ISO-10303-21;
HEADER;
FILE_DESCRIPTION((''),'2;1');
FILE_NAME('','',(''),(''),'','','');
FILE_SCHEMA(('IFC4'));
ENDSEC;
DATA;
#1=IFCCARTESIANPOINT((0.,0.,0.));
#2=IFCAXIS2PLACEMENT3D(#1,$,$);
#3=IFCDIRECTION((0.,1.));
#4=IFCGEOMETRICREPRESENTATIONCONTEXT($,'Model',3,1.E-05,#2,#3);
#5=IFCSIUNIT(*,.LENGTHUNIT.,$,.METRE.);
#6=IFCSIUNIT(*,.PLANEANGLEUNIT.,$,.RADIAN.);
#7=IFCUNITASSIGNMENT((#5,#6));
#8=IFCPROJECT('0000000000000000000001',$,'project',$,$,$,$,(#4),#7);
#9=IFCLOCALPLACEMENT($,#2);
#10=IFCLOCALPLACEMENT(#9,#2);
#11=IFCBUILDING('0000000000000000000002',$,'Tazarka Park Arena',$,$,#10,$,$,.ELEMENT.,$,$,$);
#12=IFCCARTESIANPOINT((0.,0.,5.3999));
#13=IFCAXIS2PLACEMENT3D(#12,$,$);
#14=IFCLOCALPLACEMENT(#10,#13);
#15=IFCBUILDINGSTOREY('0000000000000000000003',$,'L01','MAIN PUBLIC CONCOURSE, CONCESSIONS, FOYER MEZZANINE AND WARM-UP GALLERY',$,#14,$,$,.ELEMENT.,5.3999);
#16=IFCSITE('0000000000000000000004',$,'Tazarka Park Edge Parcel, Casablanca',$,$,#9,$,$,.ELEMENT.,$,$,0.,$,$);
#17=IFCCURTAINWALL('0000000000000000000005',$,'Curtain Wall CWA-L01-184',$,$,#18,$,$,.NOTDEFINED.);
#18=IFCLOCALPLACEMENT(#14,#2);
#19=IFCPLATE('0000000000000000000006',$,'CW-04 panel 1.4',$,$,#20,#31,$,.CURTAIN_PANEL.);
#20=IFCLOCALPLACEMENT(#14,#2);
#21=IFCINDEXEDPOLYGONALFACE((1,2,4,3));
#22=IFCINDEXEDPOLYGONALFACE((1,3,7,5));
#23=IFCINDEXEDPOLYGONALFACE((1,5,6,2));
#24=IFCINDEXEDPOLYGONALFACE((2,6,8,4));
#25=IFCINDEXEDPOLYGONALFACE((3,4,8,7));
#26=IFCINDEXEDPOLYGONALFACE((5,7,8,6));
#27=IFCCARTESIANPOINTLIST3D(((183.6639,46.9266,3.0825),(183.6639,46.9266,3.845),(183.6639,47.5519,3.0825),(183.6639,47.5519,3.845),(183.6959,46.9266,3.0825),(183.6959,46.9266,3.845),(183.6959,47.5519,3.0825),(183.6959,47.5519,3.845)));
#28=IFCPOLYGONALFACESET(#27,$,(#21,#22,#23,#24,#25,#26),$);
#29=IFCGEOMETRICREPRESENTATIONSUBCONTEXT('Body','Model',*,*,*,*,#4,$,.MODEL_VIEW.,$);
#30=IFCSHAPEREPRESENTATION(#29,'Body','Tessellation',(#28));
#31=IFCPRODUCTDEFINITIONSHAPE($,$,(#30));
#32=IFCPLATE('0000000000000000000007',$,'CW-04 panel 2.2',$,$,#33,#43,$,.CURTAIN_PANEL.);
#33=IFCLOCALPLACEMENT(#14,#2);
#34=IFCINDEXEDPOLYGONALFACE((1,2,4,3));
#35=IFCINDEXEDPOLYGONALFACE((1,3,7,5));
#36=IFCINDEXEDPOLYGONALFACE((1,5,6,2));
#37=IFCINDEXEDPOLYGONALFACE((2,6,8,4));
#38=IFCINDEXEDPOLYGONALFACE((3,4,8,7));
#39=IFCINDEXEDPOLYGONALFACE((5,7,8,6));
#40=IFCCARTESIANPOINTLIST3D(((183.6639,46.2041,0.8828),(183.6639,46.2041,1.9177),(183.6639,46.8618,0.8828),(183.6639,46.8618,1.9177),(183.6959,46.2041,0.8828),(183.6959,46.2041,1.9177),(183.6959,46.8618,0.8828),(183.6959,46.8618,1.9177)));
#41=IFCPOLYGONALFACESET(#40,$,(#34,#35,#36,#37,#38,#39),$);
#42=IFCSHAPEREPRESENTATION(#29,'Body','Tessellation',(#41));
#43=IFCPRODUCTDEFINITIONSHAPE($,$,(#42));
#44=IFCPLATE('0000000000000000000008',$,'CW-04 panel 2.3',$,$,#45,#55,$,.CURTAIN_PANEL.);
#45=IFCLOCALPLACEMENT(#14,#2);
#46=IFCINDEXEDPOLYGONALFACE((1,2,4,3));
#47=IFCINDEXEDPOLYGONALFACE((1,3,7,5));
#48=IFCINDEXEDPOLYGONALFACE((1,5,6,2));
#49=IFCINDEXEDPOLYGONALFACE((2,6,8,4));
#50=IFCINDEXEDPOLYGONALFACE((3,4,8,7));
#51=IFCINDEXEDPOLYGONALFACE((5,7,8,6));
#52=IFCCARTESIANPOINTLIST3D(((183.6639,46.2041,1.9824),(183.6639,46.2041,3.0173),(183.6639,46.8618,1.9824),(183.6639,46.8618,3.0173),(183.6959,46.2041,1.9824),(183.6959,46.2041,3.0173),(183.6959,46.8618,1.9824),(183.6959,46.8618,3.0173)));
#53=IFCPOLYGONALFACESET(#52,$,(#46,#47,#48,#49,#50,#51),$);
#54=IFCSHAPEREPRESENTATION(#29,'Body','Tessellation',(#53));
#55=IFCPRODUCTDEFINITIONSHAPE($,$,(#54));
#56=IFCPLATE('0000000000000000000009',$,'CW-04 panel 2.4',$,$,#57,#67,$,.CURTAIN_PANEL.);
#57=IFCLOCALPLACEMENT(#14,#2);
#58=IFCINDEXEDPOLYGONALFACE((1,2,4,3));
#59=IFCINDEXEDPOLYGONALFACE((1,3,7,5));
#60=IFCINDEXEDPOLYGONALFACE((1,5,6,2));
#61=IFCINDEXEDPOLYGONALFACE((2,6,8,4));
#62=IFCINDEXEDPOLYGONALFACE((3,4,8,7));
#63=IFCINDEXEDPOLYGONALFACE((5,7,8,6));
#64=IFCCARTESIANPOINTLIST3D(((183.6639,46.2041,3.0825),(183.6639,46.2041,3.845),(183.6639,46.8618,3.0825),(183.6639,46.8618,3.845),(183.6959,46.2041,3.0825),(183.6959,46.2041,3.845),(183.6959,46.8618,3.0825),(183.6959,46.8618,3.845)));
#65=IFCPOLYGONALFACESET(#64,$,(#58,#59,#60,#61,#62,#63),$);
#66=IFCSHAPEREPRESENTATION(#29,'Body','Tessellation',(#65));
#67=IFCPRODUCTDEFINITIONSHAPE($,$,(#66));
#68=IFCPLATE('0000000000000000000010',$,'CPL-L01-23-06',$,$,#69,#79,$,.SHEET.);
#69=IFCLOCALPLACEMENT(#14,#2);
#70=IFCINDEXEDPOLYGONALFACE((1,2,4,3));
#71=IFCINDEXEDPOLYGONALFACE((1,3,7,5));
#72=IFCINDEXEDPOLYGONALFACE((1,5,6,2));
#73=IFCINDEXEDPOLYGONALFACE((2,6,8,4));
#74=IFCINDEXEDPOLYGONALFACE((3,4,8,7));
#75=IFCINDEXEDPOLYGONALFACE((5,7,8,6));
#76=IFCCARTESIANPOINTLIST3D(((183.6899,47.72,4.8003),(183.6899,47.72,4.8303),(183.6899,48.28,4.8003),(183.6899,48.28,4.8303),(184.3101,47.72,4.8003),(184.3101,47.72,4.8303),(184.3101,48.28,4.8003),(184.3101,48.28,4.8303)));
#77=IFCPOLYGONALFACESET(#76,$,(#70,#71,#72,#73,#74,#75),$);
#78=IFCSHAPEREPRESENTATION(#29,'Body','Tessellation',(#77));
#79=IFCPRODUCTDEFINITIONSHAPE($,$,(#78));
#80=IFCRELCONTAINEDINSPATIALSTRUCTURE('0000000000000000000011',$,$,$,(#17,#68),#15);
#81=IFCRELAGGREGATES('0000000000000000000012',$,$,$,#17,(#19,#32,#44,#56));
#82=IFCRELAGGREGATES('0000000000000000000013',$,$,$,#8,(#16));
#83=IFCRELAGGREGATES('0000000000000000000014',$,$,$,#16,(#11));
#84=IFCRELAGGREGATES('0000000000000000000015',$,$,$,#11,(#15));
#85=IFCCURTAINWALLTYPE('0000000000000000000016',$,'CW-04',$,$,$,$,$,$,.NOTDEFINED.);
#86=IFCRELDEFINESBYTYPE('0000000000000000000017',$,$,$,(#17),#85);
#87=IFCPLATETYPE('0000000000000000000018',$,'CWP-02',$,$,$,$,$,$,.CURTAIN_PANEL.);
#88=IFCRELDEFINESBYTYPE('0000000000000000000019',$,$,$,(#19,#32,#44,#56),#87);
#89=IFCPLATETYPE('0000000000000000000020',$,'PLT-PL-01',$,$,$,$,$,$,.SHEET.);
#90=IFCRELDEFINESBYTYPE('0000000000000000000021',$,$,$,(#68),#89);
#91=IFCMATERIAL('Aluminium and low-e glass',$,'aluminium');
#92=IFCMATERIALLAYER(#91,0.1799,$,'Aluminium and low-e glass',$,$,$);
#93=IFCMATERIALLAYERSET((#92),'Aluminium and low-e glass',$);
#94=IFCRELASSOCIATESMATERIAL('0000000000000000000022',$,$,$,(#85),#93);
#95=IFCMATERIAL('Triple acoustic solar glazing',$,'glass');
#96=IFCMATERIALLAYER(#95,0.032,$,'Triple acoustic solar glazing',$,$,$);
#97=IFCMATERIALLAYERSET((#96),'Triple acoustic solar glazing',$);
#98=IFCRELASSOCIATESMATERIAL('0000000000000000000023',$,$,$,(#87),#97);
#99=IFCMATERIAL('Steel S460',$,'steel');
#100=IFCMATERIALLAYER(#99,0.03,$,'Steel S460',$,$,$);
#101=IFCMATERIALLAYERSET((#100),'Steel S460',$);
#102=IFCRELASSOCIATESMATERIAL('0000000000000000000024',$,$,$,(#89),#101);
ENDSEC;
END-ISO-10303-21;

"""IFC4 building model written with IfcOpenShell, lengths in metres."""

from ifc_helpers import new_model, si_unit, direction, frame, origin, origin_2d, place, context, subcontext, project, spatial, rectangle, extrude, material, layer, layer_set, type_object, element, aggregate, save


model = new_model("IFC4")

# Units and contexts
model_context = context("Model", 3, precision=1e-05, world=origin(), true_north=direction((0.0, 1.0)))
body_context = subcontext(model_context, "Body", "Model", "MODEL_VIEW")
ifc_project = project(units=[si_unit("LENGTHUNIT", "METRE"), si_unit("PLANEANGLEUNIT", "RADIAN")], contexts=[model_context])

# Site, building, storey
site_placement = place(None, origin())
site = spatial("IfcSite", under=ifc_project, at=site_placement, Name="Tazarka Park Edge Parcel, Casablanca", CompositionType="ELEMENT", RefElevation=0.0)
building_placement = place(site_placement, origin())
building = spatial("IfcBuilding", under=site, at=building_placement, Name="Tazarka Park Arena", CompositionType="ELEMENT")
storey_placement = place(building_placement, frame((0.0, 0.0, 5.3999)))
storey = spatial("IfcBuildingStorey", under=building, at=storey_placement, Name="L01", Description="MAIN PUBLIC CONCOURSE, CONCESSIONS, FOYER MEZZANINE AND WARM-UP GALLERY", CompositionType="ELEMENT", Elevation=5.3999)

# Curtain wall
ifc_material_1 = material(Name="Aluminium and low-e glass", Category="aluminium")
ifc_layer_1 = layer(ifc_material_1, 0.1799, Name="Aluminium and low-e glass")
ifc_layer_set_1 = layer_set([ifc_layer_1], Name="Aluminium and low-e glass")
curtain_wall_type_1 = type_object("IfcCurtainWallType", Name="CW-04", PredefinedType="NOTDEFINED", material=ifc_layer_set_1)
curtain_wall_1_placement = place(storey_placement, origin())
curtain_wall_1 = element("IfcCurtainWall", 1, at=curtain_wall_1_placement, inside=storey, type_object=curtain_wall_type_1, Name="Curtain Wall CWA-L01-184", PredefinedType="NOTDEFINED")

# Plates
ifc_material_2 = material(Name="Triple acoustic solar glazing", Category="glass")
ifc_layer_2 = layer(ifc_material_2, 0.032, Name="Triple acoustic solar glazing")
ifc_layer_set_2 = layer_set([ifc_layer_2], Name="Triple acoustic solar glazing")
plate_type_1 = type_object("IfcPlateType", Name="CWP-02", PredefinedType="CURTAIN_PANEL", material=ifc_layer_set_2)
plate_1_placement = place(storey_placement, frame((183.6799, 47.2393, 3.0825), z_axis=(0.0, 0.0, 1.0), x_axis=(0.0, -1.0, 0.0)))
plate_1 = element("IfcPlate", 2, at=plate_1_placement, type_object=plate_type_1, Name="CW-04 panel 1.4", PredefinedType="CURTAIN_PANEL", context=body_context, shape_type="SweptSolid", body=[
    extrude(rectangle(XDim=0.6252, YDim=0.032, at=origin_2d()), origin(), (0.0, 0.0, 1.0), 0.7625),
])
plate_2_placement = place(storey_placement, frame((183.6799, 46.533, 0.8828), z_axis=(0.0, 0.0, 1.0), x_axis=(0.0, -1.0, 0.0)))
plate_2 = element("IfcPlate", 3, at=plate_2_placement, type_object=plate_type_1, Name="CW-04 panel 2.2", PredefinedType="CURTAIN_PANEL", context=body_context, shape_type="SweptSolid", body=[
    extrude(rectangle(XDim=0.6577, YDim=0.032, at=origin_2d()), origin(), (0.0, 0.0, 1.0), 1.0349),
])
plate_3_placement = place(storey_placement, frame((183.6799, 46.533, 1.9824), z_axis=(0.0, 0.0, 1.0), x_axis=(0.0, -1.0, 0.0)))
plate_3 = element("IfcPlate", 4, at=plate_3_placement, type_object=plate_type_1, Name="CW-04 panel 2.3", PredefinedType="CURTAIN_PANEL", context=body_context, shape_type="SweptSolid", body=[
    extrude(rectangle(XDim=0.6577, YDim=0.032, at=origin_2d()), origin(), (0.0, 0.0, 1.0), 1.0349),
])
plate_4_placement = place(storey_placement, frame((183.6799, 46.533, 3.0825), z_axis=(0.0, 0.0, 1.0), x_axis=(0.0, -1.0, 0.0)))
plate_4 = element("IfcPlate", 5, at=plate_4_placement, type_object=plate_type_1, Name="CW-04 panel 2.4", PredefinedType="CURTAIN_PANEL", context=body_context, shape_type="SweptSolid", body=[
    extrude(rectangle(XDim=0.6577, YDim=0.032, at=origin_2d()), origin(), (0.0, 0.0, 1.0), 0.7625),
])
aggregate(curtain_wall_1, [plate_1, plate_2, plate_3, plate_4])
ifc_material_3 = material(Name="Steel S460", Category="steel")
ifc_layer_3 = layer(ifc_material_3, 0.03, Name="Steel S460")
ifc_layer_set_3 = layer_set([ifc_layer_3], Name="Steel S460")
plate_type_2 = type_object("IfcPlateType", Name="PLT-PL-01", PredefinedType="SHEET", material=ifc_layer_set_3)
plate_5_placement = place(storey_placement, frame((184.0, 48.0, 4.8003), z_axis=(0.0, 0.0, 1.0), x_axis=(1.0, 0.0, 0.0)))
element("IfcPlate", 6, at=plate_5_placement, inside=storey, type_object=plate_type_2, Name="CPL-L01-23-06", PredefinedType="SHEET", context=body_context, shape_type="SweptSolid", body=[
    extrude(rectangle(XDim=0.6201, YDim=0.5601, at=origin_2d()), origin(), (0.0, 0.0, 1.0), 0.03),
])

save(model, "model.ifc")
